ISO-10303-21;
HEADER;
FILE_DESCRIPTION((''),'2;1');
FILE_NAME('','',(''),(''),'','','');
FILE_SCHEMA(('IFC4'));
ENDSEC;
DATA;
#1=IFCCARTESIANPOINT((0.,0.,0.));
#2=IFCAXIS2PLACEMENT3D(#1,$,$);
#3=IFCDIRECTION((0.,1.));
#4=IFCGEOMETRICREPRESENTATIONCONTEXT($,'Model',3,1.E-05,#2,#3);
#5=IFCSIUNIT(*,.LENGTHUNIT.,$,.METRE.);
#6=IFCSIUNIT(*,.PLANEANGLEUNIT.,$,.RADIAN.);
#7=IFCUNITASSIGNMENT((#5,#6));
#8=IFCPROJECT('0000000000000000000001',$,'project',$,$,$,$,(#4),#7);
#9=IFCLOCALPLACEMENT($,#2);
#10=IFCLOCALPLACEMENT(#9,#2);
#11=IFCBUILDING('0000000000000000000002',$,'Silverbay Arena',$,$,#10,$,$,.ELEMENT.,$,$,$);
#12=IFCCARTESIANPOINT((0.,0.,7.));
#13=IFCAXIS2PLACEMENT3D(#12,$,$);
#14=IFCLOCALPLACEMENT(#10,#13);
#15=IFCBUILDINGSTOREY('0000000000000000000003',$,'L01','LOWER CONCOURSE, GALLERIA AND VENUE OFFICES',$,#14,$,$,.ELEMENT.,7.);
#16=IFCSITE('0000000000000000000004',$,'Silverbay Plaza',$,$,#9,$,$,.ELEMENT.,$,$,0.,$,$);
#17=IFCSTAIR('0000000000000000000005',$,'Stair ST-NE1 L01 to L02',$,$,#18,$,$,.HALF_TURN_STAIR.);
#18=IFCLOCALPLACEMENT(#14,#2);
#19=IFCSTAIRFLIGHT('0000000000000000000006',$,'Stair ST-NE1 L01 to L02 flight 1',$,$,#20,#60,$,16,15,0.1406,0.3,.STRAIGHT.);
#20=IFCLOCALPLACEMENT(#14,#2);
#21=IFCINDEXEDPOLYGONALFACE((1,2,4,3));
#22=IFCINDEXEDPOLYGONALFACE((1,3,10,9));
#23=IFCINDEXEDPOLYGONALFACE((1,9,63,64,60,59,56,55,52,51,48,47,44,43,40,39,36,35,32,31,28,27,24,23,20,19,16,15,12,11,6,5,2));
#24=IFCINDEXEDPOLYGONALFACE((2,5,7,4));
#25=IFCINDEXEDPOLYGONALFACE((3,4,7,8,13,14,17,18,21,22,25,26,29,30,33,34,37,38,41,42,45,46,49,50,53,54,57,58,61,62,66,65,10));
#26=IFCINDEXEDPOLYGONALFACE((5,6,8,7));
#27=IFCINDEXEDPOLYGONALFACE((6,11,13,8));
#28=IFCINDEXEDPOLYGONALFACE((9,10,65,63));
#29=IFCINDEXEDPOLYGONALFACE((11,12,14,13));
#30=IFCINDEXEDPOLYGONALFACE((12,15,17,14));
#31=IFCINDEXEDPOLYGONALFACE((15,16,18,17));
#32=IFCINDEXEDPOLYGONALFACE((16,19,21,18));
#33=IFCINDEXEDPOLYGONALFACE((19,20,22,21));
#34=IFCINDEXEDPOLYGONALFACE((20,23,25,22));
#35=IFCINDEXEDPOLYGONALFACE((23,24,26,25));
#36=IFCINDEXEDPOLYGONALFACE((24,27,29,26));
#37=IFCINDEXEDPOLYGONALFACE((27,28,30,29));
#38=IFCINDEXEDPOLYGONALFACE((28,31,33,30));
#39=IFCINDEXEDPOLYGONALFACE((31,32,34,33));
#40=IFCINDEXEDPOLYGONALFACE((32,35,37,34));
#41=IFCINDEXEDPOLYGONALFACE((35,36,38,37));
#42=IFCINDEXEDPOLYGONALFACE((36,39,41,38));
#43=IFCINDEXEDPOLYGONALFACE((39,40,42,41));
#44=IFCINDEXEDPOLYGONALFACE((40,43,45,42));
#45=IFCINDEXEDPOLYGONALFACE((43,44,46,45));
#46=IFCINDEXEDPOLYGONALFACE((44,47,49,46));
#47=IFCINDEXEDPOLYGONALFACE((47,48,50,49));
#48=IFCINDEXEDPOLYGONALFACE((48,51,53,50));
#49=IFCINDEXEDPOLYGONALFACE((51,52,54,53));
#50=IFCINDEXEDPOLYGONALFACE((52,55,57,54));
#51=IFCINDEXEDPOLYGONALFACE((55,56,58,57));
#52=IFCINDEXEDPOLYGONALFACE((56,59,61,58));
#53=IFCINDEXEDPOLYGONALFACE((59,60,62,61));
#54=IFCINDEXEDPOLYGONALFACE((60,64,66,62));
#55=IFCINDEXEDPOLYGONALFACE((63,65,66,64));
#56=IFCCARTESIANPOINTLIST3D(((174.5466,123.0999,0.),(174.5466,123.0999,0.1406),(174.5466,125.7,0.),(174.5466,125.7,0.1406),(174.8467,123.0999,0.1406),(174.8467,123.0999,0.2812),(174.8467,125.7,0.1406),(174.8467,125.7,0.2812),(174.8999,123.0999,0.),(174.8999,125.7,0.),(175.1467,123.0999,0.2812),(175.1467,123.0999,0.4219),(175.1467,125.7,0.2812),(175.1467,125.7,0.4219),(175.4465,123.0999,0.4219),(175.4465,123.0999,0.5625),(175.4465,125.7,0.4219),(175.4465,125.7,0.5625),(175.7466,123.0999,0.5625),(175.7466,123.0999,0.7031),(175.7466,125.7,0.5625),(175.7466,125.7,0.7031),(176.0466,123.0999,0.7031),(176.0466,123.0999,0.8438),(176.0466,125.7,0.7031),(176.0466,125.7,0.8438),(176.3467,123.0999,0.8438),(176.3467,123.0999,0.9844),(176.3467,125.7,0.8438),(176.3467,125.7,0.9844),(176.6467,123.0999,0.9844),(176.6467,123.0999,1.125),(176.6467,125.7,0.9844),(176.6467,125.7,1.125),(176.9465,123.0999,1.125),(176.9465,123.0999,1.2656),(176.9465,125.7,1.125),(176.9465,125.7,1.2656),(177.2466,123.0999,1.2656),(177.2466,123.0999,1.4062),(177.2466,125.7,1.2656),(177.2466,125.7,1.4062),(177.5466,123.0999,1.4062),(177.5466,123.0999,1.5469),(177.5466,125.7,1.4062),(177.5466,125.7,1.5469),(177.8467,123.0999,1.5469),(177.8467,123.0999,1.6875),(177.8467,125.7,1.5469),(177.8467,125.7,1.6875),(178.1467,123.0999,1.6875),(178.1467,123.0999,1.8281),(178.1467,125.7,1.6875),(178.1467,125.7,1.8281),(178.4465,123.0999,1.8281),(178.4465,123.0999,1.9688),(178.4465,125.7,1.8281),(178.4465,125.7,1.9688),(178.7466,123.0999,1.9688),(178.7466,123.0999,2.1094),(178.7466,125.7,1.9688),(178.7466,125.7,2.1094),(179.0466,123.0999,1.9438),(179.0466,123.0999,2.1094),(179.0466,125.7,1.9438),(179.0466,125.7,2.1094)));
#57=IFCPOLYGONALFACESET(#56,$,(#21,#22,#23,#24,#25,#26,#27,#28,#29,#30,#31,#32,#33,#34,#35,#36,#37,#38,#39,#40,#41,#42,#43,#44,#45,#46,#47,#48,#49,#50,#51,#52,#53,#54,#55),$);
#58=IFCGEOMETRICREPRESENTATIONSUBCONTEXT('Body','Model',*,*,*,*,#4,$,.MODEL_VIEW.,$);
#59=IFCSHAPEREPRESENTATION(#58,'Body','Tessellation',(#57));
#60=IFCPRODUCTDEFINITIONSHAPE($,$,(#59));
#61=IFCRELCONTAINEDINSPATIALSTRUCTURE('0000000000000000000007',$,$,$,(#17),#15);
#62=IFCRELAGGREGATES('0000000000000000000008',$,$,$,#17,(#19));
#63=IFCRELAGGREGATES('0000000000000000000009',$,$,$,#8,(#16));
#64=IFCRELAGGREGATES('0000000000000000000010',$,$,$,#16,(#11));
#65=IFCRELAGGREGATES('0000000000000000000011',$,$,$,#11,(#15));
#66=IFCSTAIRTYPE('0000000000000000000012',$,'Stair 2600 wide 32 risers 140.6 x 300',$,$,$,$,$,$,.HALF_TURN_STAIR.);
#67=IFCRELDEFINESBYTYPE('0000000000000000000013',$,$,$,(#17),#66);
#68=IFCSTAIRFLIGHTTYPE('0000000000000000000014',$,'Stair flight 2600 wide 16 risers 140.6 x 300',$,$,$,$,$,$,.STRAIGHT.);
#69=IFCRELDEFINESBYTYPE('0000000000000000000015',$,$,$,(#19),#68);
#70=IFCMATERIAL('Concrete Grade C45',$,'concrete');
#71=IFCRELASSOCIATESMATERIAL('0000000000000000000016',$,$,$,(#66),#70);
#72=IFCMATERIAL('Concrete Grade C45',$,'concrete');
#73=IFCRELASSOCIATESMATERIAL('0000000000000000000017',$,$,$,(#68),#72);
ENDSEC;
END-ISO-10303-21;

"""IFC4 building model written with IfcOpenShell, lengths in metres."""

from ifc_helpers import new_model, si_unit, direction, frame, origin, place, context, subcontext, project, spatial, polyline, outline, extrude, material, type_object, element, aggregate, save


model = new_model("IFC4")

# Units and contexts
model_context = context("Model", 3, precision=1e-05, world=origin(), true_north=direction((0.0, 1.0)))
body_context = subcontext(model_context, "Body", "Model", "MODEL_VIEW")
ifc_project = project(units=[si_unit("LENGTHUNIT", "METRE"), si_unit("PLANEANGLEUNIT", "RADIAN")], contexts=[model_context])

# Site, building, storey
site_placement = place(None, origin())
site = spatial("IfcSite", under=ifc_project, at=site_placement, Name="Silverbay Plaza", CompositionType="ELEMENT", RefElevation=0.0)
building_placement = place(site_placement, origin())
building = spatial("IfcBuilding", under=site, at=building_placement, Name="Silverbay Arena", CompositionType="ELEMENT")
storey_placement = place(building_placement, frame((0.0, 0.0, 7.0)))
storey = spatial("IfcBuildingStorey", under=building, at=storey_placement, Name="L01", Description="LOWER CONCOURSE, GALLERIA AND VENUE OFFICES", CompositionType="ELEMENT", Elevation=7.0)

# Shared definitions
ifc_material_1 = material(Name="Concrete Grade C45", Category="concrete")
stair_type = type_object("IfcStairType", Name="Stair 2600 wide 32 risers 140.6 x 300", PredefinedType="HALF_TURN_STAIR", material=ifc_material_1)
ifc_material_2 = material(Name="Concrete Grade C45", Category="concrete")
stair_flight_type = type_object("IfcStairFlightType", Name="Stair flight 2600 wide 16 risers 140.6 x 300", PredefinedType="STRAIGHT", material=ifc_material_2)

# Stair, stair flight
stair_1_placement = place(storey_placement, origin())
stair_1 = element("IfcStair", 1, at=stair_1_placement, inside=storey, type_object=stair_type, Name="Stair ST-NE1 L01 to L02", PredefinedType="HALF_TURN_STAIR")
stair_flight_1_placement = place(storey_placement, frame((174.5466, 124.3999, 0.0), z_axis=(0.0, 0.0, 1.0), x_axis=(1.0, 0.0, 0.0)))
stair_flight_1 = element("IfcStairFlight", 2, at=stair_flight_1_placement, type_object=stair_flight_type, Name="Stair ST-NE1 L01 to L02 flight 1", NumberOfRisers=16, NumberOfTreads=15, PredefinedType="STRAIGHT", RiserHeight=0.1406, TreadLength=0.3, context=body_context, shape_type="SweptSolid", body=[
    extrude(outline(polyline([(0.0, 0.0), (0.0, 0.1406), (0.3, 0.1406), (0.3, 0.2812), (0.6001, 0.2812), (0.6001, 0.4219), (0.8999, 0.4219), (0.8999, 0.5625), (1.2, 0.5625), (1.2, 0.7031), (1.5, 0.7031), (1.5, 0.8438), (1.8, 0.8438), (1.8, 0.9844), (2.1001, 0.9844), (2.1001, 1.125), (2.3999, 1.125), (2.3999, 1.2656), (2.7, 1.2656), (2.7, 1.4062), (3.0, 1.4062), (3.0, 1.5469), (3.3, 1.5469), (3.3, 1.6875), (3.6001, 1.6875), (3.6001, 1.8281), (3.8999, 1.8281), (3.8999, 1.9688), (4.2, 1.9688), (4.2, 2.1094), (4.5, 2.1094), (4.5, 1.9438), (0.3533, 0.0), (0.0, 0.0)])), frame((0.0, 1.3, 0.0), z_axis=(0.0, -1.0, 0.0), x_axis=(1.0, 0.0, 0.0)), (0.0, 0.0, 1.0), 2.6001),
])
aggregate(stair_1, [stair_flight_1])

save(model, "model.ifc")
